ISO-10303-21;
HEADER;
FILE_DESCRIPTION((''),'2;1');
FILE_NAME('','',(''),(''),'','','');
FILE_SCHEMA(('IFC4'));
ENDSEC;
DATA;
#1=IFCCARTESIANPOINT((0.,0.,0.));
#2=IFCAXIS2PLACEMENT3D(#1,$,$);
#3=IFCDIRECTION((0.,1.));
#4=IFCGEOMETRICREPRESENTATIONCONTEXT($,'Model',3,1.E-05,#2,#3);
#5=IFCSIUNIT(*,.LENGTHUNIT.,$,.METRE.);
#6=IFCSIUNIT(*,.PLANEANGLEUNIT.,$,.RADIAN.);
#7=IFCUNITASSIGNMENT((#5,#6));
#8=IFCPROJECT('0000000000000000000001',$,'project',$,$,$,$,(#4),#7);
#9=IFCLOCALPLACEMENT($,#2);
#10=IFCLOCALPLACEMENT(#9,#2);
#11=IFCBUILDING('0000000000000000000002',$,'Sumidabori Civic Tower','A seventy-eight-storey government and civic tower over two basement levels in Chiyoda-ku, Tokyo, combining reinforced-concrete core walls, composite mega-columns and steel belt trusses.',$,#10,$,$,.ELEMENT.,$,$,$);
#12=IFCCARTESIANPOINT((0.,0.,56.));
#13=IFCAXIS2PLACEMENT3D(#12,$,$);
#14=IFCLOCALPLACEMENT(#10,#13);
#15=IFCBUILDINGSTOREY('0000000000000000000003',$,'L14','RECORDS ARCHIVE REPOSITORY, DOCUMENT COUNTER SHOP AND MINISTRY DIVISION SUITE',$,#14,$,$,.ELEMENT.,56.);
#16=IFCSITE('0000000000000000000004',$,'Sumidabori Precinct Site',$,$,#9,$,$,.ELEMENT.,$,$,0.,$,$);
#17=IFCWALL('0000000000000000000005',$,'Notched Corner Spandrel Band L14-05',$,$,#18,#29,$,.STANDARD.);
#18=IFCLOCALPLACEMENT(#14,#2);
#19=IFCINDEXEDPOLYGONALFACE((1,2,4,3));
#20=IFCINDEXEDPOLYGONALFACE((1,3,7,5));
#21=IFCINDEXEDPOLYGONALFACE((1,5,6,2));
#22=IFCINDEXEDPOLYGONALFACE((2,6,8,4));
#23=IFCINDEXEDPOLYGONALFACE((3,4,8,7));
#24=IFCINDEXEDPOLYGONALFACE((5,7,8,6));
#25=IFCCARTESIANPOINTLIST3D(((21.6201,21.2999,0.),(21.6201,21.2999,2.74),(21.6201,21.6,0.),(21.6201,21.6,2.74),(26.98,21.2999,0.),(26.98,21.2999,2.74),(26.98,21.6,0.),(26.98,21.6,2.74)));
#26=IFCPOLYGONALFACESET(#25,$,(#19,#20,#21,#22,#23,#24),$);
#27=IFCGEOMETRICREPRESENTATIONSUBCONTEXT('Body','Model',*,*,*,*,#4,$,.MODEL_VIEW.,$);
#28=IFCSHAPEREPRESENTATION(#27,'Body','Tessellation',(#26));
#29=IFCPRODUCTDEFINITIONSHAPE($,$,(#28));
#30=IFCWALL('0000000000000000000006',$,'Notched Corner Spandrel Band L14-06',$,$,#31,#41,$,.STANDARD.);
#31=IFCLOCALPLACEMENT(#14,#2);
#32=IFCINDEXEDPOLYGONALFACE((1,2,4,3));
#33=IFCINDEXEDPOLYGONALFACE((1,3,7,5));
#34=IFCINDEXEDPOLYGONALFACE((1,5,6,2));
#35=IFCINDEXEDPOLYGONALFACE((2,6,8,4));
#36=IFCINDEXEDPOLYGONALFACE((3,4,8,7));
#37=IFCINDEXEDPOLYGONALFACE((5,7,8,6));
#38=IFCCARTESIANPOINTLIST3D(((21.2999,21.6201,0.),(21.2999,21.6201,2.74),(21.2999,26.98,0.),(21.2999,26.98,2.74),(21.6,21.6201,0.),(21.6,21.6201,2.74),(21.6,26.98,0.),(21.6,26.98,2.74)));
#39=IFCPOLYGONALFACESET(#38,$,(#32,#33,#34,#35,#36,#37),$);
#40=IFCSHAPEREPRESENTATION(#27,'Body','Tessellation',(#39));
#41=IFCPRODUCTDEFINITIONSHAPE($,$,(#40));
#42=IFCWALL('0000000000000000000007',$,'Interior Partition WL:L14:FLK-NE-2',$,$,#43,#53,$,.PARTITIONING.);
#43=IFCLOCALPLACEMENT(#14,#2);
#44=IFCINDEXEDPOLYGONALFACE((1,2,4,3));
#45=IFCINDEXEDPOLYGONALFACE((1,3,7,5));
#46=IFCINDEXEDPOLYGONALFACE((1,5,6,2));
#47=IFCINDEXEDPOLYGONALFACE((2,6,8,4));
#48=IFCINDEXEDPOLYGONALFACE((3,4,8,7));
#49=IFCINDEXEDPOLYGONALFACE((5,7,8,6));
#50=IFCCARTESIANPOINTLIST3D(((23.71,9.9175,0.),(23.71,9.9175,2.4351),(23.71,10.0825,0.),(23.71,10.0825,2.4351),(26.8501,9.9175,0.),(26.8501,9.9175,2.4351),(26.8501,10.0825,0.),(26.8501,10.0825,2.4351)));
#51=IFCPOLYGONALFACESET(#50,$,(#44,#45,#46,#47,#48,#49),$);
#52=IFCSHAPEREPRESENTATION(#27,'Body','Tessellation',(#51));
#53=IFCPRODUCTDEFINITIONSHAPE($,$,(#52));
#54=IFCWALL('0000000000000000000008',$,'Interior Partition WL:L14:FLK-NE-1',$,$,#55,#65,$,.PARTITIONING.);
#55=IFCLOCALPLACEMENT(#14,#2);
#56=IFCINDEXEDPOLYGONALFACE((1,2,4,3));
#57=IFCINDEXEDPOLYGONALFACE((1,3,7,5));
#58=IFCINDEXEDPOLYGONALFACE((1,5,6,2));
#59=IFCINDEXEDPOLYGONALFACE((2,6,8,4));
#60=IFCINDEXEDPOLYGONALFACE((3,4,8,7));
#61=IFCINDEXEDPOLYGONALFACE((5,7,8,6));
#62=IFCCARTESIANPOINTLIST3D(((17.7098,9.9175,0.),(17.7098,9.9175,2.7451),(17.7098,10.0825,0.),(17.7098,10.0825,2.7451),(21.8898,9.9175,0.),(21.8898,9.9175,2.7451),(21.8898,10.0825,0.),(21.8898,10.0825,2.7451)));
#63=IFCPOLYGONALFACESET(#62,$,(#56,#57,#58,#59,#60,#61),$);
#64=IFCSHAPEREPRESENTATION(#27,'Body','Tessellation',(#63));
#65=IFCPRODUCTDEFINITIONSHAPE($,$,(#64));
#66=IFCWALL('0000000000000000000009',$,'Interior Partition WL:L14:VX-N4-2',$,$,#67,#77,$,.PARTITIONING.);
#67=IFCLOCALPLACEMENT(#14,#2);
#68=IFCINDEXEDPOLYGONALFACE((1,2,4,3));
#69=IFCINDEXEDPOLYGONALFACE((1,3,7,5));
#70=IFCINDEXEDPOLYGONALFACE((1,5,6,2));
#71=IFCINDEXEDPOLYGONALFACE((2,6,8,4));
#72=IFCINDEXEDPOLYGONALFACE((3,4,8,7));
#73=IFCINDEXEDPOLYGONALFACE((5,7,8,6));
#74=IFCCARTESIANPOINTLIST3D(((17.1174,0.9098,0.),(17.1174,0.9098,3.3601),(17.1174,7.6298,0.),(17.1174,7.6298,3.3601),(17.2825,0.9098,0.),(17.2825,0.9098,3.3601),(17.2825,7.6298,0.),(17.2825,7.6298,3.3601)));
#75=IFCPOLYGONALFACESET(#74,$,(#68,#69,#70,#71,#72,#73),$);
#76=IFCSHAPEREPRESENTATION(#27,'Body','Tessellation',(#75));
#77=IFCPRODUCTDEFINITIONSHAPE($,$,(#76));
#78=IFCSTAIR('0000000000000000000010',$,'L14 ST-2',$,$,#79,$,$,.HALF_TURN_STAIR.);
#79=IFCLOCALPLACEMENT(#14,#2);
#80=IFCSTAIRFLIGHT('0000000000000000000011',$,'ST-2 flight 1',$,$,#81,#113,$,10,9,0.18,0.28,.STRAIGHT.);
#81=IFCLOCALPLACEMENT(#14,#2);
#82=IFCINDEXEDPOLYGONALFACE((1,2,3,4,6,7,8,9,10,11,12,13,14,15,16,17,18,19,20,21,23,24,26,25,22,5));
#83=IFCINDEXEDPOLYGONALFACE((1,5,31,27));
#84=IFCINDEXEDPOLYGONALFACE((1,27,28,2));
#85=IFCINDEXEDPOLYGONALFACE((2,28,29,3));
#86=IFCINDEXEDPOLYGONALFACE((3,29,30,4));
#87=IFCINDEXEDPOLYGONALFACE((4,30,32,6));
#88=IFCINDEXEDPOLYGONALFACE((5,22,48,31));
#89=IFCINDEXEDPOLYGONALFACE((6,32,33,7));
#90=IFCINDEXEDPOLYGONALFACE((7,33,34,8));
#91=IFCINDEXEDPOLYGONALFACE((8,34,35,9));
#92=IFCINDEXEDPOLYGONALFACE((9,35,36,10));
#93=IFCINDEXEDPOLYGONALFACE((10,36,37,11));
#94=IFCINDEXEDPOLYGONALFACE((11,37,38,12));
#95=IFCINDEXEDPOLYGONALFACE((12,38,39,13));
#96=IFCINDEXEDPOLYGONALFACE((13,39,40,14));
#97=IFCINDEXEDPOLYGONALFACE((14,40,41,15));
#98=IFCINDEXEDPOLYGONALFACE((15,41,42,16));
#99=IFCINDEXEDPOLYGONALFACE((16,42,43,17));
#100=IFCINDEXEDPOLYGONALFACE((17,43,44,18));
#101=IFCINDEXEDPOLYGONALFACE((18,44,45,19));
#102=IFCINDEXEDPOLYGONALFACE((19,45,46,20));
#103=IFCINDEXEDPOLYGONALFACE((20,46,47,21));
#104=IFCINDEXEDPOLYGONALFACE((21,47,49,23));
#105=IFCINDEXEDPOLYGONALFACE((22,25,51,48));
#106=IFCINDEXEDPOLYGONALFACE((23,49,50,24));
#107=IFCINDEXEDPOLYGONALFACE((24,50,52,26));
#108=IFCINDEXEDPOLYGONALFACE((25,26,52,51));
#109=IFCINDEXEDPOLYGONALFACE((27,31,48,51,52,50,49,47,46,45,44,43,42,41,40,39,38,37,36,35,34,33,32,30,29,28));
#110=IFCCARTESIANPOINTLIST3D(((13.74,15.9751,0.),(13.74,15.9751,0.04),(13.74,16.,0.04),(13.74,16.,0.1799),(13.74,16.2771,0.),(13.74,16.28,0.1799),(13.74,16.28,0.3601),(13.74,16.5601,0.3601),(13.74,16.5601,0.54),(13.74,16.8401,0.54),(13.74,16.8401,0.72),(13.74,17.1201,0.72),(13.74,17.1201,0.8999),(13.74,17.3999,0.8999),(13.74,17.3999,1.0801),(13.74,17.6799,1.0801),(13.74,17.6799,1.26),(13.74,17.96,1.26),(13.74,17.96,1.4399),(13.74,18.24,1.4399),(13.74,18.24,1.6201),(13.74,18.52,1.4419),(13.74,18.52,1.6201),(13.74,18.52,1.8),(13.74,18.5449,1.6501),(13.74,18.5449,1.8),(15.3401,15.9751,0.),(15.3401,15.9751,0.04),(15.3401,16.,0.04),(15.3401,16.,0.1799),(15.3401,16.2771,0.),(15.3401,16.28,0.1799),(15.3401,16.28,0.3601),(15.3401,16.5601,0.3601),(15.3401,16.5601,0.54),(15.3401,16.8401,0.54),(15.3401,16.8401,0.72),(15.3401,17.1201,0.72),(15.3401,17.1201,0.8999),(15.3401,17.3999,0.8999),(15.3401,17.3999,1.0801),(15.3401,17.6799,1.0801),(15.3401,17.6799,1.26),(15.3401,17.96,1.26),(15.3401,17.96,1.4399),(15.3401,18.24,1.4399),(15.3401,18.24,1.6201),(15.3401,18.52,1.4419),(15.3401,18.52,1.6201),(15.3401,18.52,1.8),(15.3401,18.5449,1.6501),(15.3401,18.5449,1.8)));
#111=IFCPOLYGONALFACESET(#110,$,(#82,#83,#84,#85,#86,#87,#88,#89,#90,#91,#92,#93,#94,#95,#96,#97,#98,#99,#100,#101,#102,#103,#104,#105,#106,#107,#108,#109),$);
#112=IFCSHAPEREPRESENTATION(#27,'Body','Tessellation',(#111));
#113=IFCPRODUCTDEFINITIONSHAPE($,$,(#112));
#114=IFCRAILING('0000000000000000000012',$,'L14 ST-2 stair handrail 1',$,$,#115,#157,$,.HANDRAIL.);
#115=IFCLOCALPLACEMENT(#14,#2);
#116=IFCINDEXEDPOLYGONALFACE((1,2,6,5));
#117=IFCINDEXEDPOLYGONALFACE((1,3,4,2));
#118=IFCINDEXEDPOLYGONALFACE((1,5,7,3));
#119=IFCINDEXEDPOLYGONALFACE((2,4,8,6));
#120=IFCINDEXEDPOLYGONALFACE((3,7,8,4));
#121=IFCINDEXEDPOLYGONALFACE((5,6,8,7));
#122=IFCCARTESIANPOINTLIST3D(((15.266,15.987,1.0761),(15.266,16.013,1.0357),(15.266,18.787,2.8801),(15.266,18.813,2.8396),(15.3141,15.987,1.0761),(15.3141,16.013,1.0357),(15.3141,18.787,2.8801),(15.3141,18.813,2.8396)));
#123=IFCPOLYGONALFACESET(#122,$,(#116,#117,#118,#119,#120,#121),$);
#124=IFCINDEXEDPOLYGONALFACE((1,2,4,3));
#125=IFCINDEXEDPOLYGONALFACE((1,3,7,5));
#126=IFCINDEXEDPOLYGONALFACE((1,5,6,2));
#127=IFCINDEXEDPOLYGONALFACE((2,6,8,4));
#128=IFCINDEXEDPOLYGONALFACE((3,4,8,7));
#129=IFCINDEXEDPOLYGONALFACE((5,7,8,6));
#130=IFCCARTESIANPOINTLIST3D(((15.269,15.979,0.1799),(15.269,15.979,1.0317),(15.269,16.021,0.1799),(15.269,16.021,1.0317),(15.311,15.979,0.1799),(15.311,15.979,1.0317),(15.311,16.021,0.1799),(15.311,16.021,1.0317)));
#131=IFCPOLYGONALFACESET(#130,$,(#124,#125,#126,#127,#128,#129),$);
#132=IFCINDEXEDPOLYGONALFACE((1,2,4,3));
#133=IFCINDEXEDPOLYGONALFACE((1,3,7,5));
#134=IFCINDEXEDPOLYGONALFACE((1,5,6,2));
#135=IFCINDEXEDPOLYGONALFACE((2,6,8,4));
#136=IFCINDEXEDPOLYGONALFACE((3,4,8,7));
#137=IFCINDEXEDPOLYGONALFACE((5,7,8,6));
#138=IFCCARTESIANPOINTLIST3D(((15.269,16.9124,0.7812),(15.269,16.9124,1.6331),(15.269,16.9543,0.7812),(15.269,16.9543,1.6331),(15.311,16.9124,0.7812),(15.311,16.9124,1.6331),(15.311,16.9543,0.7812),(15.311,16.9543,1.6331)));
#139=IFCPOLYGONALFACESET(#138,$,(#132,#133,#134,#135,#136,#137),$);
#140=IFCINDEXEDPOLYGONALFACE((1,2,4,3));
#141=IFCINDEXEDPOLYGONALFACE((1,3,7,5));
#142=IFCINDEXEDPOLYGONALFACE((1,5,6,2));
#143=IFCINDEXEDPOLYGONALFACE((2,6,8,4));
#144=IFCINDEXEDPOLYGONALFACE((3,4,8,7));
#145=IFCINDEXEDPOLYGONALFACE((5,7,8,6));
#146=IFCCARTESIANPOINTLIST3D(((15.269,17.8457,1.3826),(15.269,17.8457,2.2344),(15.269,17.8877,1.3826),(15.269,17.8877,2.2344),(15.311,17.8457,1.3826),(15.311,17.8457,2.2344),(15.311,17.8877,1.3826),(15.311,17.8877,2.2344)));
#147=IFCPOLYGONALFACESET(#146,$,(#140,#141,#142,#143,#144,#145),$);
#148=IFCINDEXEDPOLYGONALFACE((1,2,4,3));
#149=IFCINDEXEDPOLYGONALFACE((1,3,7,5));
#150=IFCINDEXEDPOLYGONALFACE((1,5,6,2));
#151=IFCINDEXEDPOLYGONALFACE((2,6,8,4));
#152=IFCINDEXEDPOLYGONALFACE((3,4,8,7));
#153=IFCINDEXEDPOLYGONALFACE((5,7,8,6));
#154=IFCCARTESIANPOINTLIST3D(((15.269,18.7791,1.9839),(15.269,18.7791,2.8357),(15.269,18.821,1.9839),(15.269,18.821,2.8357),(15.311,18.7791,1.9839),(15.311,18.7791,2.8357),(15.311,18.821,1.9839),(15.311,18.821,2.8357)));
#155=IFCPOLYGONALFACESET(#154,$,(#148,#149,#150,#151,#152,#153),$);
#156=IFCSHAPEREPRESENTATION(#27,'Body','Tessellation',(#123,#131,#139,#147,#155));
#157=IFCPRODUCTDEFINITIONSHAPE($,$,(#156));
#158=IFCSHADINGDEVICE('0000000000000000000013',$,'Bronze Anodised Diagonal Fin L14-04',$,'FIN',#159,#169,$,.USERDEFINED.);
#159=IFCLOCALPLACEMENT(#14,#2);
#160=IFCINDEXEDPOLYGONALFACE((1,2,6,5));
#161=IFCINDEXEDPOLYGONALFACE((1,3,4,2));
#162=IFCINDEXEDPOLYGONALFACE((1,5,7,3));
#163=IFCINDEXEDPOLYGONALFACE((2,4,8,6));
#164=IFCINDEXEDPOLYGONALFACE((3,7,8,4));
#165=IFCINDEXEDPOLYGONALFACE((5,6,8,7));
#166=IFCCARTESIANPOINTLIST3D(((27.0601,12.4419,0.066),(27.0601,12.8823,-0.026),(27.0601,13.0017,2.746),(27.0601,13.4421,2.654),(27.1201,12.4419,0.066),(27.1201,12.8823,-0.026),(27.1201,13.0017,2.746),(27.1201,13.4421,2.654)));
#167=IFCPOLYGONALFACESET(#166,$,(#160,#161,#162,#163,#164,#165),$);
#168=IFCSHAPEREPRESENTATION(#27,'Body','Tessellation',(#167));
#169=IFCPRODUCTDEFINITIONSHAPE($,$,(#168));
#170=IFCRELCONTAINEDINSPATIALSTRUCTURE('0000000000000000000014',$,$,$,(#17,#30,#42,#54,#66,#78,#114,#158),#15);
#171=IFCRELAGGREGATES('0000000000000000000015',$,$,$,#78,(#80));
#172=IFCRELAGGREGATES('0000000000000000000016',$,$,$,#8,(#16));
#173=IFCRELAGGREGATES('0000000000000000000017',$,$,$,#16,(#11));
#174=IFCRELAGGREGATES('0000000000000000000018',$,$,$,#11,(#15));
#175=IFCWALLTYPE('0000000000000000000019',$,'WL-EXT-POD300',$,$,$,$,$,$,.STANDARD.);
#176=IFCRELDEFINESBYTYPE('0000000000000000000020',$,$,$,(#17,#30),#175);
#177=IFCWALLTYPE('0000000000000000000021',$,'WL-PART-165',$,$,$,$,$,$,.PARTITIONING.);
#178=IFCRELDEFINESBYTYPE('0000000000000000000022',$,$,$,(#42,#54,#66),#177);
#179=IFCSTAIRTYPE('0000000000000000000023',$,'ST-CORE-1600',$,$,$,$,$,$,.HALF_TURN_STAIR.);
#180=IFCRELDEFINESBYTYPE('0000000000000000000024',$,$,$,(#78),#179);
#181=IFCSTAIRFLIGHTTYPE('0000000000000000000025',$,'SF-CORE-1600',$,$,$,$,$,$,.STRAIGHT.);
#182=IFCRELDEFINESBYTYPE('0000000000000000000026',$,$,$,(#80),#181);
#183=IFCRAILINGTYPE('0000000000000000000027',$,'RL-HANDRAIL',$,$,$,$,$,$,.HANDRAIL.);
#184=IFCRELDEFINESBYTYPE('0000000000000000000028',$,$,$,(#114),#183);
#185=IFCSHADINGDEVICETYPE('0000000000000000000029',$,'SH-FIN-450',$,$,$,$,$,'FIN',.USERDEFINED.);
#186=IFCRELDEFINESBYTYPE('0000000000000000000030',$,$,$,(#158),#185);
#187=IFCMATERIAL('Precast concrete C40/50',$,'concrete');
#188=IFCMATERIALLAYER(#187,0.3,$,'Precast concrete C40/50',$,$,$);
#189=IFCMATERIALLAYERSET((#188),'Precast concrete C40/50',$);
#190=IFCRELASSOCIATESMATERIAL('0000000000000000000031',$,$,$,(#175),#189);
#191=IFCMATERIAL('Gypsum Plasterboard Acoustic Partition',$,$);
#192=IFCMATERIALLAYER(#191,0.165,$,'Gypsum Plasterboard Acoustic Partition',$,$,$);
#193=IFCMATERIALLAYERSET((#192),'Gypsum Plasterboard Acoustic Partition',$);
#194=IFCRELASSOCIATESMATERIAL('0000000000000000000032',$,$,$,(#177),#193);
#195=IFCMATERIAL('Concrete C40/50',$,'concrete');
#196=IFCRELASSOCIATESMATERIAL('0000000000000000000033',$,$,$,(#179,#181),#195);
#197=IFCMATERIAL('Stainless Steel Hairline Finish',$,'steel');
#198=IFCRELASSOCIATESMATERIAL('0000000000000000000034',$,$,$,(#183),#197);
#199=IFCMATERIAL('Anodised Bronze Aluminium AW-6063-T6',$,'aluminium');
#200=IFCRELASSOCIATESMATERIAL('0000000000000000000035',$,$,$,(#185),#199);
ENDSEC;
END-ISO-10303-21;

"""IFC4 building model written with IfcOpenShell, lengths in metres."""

from ifc_helpers import new_model, si_unit, direction, frame, frame_2d, origin, origin_2d, place, context, subcontext, project, spatial, polyline, rectangle, outline, extrude, source, transform, mapped, material, layer, layer_set, material_profile, profile_set, type_object, element, aggregate, save


model = new_model("IFC4")

# Units and contexts
model_context = context("Model", 3, precision=1e-05, world=origin(), true_north=direction((0.0, 1.0)))
body_context = subcontext(model_context, "Body", "Model", "MODEL_VIEW")
ifc_project = project(units=[si_unit("LENGTHUNIT", "METRE"), si_unit("PLANEANGLEUNIT", "RADIAN")], contexts=[model_context])

# Site, building, storey
site_placement = place(None, origin())
site = spatial("IfcSite", under=ifc_project, at=site_placement, Name="Sumidabori Precinct Site", CompositionType="ELEMENT", RefElevation=0.0)
building_placement = place(site_placement, origin())
building = spatial("IfcBuilding", under=site, at=building_placement, Name="Sumidabori Civic Tower", Description="A seventy-eight-storey government and civic tower over two basement levels in Chiyoda-ku, Tokyo, combining reinforced-concrete core walls, composite mega-columns and steel belt trusses.", CompositionType="ELEMENT")
storey_placement = place(building_placement, frame((0.0, 0.0, 56.0)))
storey = spatial("IfcBuildingStorey", under=building, at=storey_placement, Name="L14", Description="RECORDS ARCHIVE REPOSITORY, DOCUMENT COUNTER SHOP AND MINISTRY DIVISION SUITE", CompositionType="ELEMENT", Elevation=56.0)

# Shared definitions
ifc_material_1 = material(Name="Anodised Bronze Aluminium AW-6063-T6", Category="aluminium")

# Walls
ifc_material_2 = material(Name="Precast concrete C40/50", Category="concrete")
ifc_layer_1 = layer(ifc_material_2, 0.3, Name="Precast concrete C40/50")
ifc_layer_set_1 = layer_set([ifc_layer_1], Name="Precast concrete C40/50")
wall_type_1 = type_object("IfcWallType", Name="WL-EXT-POD300", PredefinedType="STANDARD", material=ifc_layer_set_1)
shared_shape_1 = source(origin(), body_context, "Body", "SweptSolid", [
    extrude(rectangle(XDim=5.3599, YDim=0.3, at=frame_2d((2.6799, 0.0))), origin(), (0.0, 0.0, 1.0), 2.74),
])
for number, where, z_axis, x_axis, name in (
    (1, (26.98, 21.45, 0.0), (0.0, 0.0, 1.0), (-1.0, 0.0, 0.0), "Notched Corner Spandrel Band L14-05"),
    (2, (21.45, 21.6201, 0.0), (0.0, 0.0, 1.0), (0.0, 1.0, 0.0), "Notched Corner Spandrel Band L14-06"),
):
    element("IfcWall", number, at=place(storey_placement, frame(where, z_axis=z_axis, x_axis=x_axis)), inside=storey, type_object=wall_type_1, Name=name, PredefinedType="STANDARD", context=body_context, shape_type="MappedRepresentation", body=[
        mapped(shared_shape_1, transform((0.0, 0.0, 0.0), x_axis=(1.0, 0.0, 0.0), y_axis=(0.0, 1.0, 0.0), z_axis=(0.0, 0.0, 1.0), scale=1.0)),
    ])
ifc_material_3 = material(Name="Gypsum Plasterboard Acoustic Partition")
ifc_layer_2 = layer(ifc_material_3, 0.165, Name="Gypsum Plasterboard Acoustic Partition")
ifc_layer_set_2 = layer_set([ifc_layer_2], Name="Gypsum Plasterboard Acoustic Partition")
wall_type_2 = type_object("IfcWallType", Name="WL-PART-165", PredefinedType="PARTITIONING", material=ifc_layer_set_2)
shared_shape_2 = source(origin(), body_context, "Body", "SweptSolid", [
    extrude(rectangle(XDim=3.1401, YDim=0.165, at=frame_2d((1.5701, 0.0))), origin(), (0.0, 0.0, 1.0), 2.4351),
])
wall_1_placement = place(storey_placement, frame((23.71, 10.0, 0.0), z_axis=(0.0, 0.0, 1.0), x_axis=(1.0, 0.0, 0.0)))
element("IfcWall", 3, at=wall_1_placement, inside=storey, type_object=wall_type_2, Name="Interior Partition WL:L14:FLK-NE-2", PredefinedType="PARTITIONING", context=body_context, shape_type="MappedRepresentation", body=[
    mapped(shared_shape_2, transform((0.0, 0.0, 0.0), x_axis=(1.0, 0.0, 0.0), y_axis=(0.0, 1.0, 0.0), z_axis=(0.0, 0.0, 1.0), scale=1.0)),
])
shared_shape_3 = source(origin(), body_context, "Body", "SweptSolid", [
    extrude(rectangle(XDim=4.1799, YDim=0.165, at=frame_2d((2.0898, 0.0))), origin(), (0.0, 0.0, 1.0), 2.7451),
])
wall_2_placement = place(storey_placement, frame((17.71, 10.0, 0.0), z_axis=(0.0, 0.0, 1.0), x_axis=(1.0, 0.0, 0.0)))
element("IfcWall", 4, at=wall_2_placement, inside=storey, type_object=wall_type_2, Name="Interior Partition WL:L14:FLK-NE-1", PredefinedType="PARTITIONING", context=body_context, shape_type="MappedRepresentation", body=[
    mapped(shared_shape_3, transform((0.0, 0.0, 0.0), x_axis=(1.0, 0.0, 0.0), y_axis=(0.0, 1.0, 0.0), z_axis=(0.0, 0.0, 1.0), scale=1.0)),
])
shared_shape_4 = source(origin(), body_context, "Body", "SweptSolid", [
    extrude(rectangle(XDim=6.72, YDim=0.165, at=frame_2d((3.3599, 0.0))), origin(), (0.0, 0.0, 1.0), 3.3601),
])
wall_3_placement = place(storey_placement, frame((17.2, 0.9099, 0.0), z_axis=(0.0, 0.0, 1.0), x_axis=(0.0, 1.0, 0.0)))
element("IfcWall", 5, at=wall_3_placement, inside=storey, type_object=wall_type_2, Name="Interior Partition WL:L14:VX-N4-2", PredefinedType="PARTITIONING", context=body_context, shape_type="MappedRepresentation", body=[
    mapped(shared_shape_4, transform((0.0, 0.0, 0.0), x_axis=(1.0, 0.0, 0.0), y_axis=(0.0, 1.0, 0.0), z_axis=(0.0, 0.0, 1.0), scale=1.0)),
])

# Stair, stair flight
ifc_material_4 = material(Name="Concrete C40/50", Category="concrete")
stair_type = type_object("IfcStairType", Name="ST-CORE-1600", PredefinedType="HALF_TURN_STAIR", material=ifc_material_4)
stair_placement = place(storey_placement, origin())
stair = element("IfcStair", 6, at=stair_placement, inside=storey, type_object=stair_type, Name="L14 ST-2", PredefinedType="HALF_TURN_STAIR")
stair_flight_type = type_object("IfcStairFlightType", Name="SF-CORE-1600", PredefinedType="STRAIGHT", material=ifc_material_4)
shared_shape_5 = source(origin(), body_context, "Body", "SweptSolid", [
    extrude(outline(polyline([(-0.0249, 0.0), (-0.0249, 0.04), (0.0, 0.04), (0.0, 0.1799), (0.28, 0.1799), (0.28, 0.3601), (0.5601, 0.3601), (0.5601, 0.54), (0.8401, 0.54), (0.8401, 0.72), (1.1201, 0.72), (1.1201, 0.8999), (1.3999, 0.8999), (1.3999, 1.0801), (1.6799, 1.0801), (1.6799, 1.26), (1.96, 1.26), (1.96, 1.4399), (2.24, 1.4399), (2.24, 1.6201), (2.52, 1.6201), (2.52, 1.8), (2.5449, 1.8), (2.5449, 1.6501), (2.52, 1.4419), (0.2771, 0.0), (-0.0249, 0.0)])), frame((0.0, 0.8, 0.0), z_axis=(0.0, -1.0, 0.0), x_axis=(1.0, 0.0, 0.0)), (0.0, 0.0, 1.0), 1.6001),
])
stair_flight_placement = place(storey_placement, frame((14.54, 16.0, 0.0), z_axis=(0.0, 0.0, 1.0), x_axis=(0.0, 1.0, 0.0)))
stair_flight = element("IfcStairFlight", 7, at=stair_flight_placement, type_object=stair_flight_type, Name="ST-2 flight 1", NumberOfRisers=10, NumberOfTreads=9, PredefinedType="STRAIGHT", RiserHeight=0.18, TreadLength=0.28, context=body_context, shape_type="MappedRepresentation", body=[
    mapped(shared_shape_5, transform((0.0, 0.0, 0.0), x_axis=(1.0, 0.0, 0.0), y_axis=(0.0, 1.0, 0.0), z_axis=(0.0, 0.0, 1.0), scale=1.0)),
])
aggregate(stair, [stair_flight])

# Railing
ifc_material_5 = material(Name="Stainless Steel Hairline Finish", Category="steel")
railing_type = type_object("IfcRailingType", Name="RL-HANDRAIL", PredefinedType="HANDRAIL", material=ifc_material_5)
railing_placement = place(storey_placement, frame((15.29, 16.0, 0.1799)))
element("IfcRailing", 8, at=railing_placement, inside=storey, type_object=railing_type, Name="L14 ST-2 stair handrail 1", PredefinedType="HANDRAIL", context=body_context, shape_type="SweptSolid", body=[
    extrude(rectangle(XDim=0.0481, YDim=0.0481, at=origin_2d()), frame((0.0, 0.0, 0.876), z_axis=(0.0, 0.840642, 0.541591), x_axis=(-1.0, 0.0, 0.0)), (0.0, 0.0, 1.0), 3.3308),
    extrude(rectangle(XDim=0.042, YDim=0.042, at=origin_2d()), origin(), (0.0, 0.0, 1.0), 0.8518),
    extrude(rectangle(XDim=0.042, YDim=0.042, at=origin_2d()), frame((0.0, 0.9333, 0.6013)), (0.0, 0.0, 1.0), 0.8518),
    extrude(rectangle(XDim=0.042, YDim=0.042, at=origin_2d()), frame((0.0, 1.8667, 1.2026)), (0.0, 0.0, 1.0), 0.8518),
    extrude(rectangle(XDim=0.042, YDim=0.042, at=origin_2d()), frame((0.0, 2.8, 1.804)), (0.0, 0.0, 1.0), 0.8518),
])

# Shading device
ifc_material_profile_1 = material_profile(ifc_material_1, rectangle(XDim=0.0601, YDim=0.45, at=origin_2d()), Name="BRONZE FIN 450x60")
ifc_profile_set_1 = profile_set([ifc_material_profile_1], Name="Anodised Bronze Aluminium AW-6063-T6")
shading_device_type = type_object("IfcShadingDeviceType", Name="SH-FIN-450", ElementType="FIN", PredefinedType="USERDEFINED", material=ifc_profile_set_1)
shared_shape_6 = source(origin(), body_context, "Body", "SweptSolid", [
    extrude(rectangle(XDim=0.0601, YDim=0.45, at=origin_2d()), origin(), (0.0, 0.0, 1.0), 2.7378),
])
shading_device_placement = place(storey_placement, frame((27.0901, 12.6621, 0.02), z_axis=(0.0, 0.204478, 0.978871), x_axis=(-1.0, 0.0, 0.0)))
element("IfcShadingDevice", 9, at=shading_device_placement, inside=storey, type_object=shading_device_type, Name="Bronze Anodised Diagonal Fin L14-04", ObjectType="FIN", PredefinedType="USERDEFINED", context=body_context, shape_type="MappedRepresentation", body=[
    mapped(shared_shape_6, transform((0.0, 0.0, 0.0), x_axis=(1.0, 0.0, 0.0), y_axis=(0.0, 1.0, 0.0), z_axis=(0.0, 0.0, 1.0), scale=1.0)),
])

save(model, "model.ifc")
